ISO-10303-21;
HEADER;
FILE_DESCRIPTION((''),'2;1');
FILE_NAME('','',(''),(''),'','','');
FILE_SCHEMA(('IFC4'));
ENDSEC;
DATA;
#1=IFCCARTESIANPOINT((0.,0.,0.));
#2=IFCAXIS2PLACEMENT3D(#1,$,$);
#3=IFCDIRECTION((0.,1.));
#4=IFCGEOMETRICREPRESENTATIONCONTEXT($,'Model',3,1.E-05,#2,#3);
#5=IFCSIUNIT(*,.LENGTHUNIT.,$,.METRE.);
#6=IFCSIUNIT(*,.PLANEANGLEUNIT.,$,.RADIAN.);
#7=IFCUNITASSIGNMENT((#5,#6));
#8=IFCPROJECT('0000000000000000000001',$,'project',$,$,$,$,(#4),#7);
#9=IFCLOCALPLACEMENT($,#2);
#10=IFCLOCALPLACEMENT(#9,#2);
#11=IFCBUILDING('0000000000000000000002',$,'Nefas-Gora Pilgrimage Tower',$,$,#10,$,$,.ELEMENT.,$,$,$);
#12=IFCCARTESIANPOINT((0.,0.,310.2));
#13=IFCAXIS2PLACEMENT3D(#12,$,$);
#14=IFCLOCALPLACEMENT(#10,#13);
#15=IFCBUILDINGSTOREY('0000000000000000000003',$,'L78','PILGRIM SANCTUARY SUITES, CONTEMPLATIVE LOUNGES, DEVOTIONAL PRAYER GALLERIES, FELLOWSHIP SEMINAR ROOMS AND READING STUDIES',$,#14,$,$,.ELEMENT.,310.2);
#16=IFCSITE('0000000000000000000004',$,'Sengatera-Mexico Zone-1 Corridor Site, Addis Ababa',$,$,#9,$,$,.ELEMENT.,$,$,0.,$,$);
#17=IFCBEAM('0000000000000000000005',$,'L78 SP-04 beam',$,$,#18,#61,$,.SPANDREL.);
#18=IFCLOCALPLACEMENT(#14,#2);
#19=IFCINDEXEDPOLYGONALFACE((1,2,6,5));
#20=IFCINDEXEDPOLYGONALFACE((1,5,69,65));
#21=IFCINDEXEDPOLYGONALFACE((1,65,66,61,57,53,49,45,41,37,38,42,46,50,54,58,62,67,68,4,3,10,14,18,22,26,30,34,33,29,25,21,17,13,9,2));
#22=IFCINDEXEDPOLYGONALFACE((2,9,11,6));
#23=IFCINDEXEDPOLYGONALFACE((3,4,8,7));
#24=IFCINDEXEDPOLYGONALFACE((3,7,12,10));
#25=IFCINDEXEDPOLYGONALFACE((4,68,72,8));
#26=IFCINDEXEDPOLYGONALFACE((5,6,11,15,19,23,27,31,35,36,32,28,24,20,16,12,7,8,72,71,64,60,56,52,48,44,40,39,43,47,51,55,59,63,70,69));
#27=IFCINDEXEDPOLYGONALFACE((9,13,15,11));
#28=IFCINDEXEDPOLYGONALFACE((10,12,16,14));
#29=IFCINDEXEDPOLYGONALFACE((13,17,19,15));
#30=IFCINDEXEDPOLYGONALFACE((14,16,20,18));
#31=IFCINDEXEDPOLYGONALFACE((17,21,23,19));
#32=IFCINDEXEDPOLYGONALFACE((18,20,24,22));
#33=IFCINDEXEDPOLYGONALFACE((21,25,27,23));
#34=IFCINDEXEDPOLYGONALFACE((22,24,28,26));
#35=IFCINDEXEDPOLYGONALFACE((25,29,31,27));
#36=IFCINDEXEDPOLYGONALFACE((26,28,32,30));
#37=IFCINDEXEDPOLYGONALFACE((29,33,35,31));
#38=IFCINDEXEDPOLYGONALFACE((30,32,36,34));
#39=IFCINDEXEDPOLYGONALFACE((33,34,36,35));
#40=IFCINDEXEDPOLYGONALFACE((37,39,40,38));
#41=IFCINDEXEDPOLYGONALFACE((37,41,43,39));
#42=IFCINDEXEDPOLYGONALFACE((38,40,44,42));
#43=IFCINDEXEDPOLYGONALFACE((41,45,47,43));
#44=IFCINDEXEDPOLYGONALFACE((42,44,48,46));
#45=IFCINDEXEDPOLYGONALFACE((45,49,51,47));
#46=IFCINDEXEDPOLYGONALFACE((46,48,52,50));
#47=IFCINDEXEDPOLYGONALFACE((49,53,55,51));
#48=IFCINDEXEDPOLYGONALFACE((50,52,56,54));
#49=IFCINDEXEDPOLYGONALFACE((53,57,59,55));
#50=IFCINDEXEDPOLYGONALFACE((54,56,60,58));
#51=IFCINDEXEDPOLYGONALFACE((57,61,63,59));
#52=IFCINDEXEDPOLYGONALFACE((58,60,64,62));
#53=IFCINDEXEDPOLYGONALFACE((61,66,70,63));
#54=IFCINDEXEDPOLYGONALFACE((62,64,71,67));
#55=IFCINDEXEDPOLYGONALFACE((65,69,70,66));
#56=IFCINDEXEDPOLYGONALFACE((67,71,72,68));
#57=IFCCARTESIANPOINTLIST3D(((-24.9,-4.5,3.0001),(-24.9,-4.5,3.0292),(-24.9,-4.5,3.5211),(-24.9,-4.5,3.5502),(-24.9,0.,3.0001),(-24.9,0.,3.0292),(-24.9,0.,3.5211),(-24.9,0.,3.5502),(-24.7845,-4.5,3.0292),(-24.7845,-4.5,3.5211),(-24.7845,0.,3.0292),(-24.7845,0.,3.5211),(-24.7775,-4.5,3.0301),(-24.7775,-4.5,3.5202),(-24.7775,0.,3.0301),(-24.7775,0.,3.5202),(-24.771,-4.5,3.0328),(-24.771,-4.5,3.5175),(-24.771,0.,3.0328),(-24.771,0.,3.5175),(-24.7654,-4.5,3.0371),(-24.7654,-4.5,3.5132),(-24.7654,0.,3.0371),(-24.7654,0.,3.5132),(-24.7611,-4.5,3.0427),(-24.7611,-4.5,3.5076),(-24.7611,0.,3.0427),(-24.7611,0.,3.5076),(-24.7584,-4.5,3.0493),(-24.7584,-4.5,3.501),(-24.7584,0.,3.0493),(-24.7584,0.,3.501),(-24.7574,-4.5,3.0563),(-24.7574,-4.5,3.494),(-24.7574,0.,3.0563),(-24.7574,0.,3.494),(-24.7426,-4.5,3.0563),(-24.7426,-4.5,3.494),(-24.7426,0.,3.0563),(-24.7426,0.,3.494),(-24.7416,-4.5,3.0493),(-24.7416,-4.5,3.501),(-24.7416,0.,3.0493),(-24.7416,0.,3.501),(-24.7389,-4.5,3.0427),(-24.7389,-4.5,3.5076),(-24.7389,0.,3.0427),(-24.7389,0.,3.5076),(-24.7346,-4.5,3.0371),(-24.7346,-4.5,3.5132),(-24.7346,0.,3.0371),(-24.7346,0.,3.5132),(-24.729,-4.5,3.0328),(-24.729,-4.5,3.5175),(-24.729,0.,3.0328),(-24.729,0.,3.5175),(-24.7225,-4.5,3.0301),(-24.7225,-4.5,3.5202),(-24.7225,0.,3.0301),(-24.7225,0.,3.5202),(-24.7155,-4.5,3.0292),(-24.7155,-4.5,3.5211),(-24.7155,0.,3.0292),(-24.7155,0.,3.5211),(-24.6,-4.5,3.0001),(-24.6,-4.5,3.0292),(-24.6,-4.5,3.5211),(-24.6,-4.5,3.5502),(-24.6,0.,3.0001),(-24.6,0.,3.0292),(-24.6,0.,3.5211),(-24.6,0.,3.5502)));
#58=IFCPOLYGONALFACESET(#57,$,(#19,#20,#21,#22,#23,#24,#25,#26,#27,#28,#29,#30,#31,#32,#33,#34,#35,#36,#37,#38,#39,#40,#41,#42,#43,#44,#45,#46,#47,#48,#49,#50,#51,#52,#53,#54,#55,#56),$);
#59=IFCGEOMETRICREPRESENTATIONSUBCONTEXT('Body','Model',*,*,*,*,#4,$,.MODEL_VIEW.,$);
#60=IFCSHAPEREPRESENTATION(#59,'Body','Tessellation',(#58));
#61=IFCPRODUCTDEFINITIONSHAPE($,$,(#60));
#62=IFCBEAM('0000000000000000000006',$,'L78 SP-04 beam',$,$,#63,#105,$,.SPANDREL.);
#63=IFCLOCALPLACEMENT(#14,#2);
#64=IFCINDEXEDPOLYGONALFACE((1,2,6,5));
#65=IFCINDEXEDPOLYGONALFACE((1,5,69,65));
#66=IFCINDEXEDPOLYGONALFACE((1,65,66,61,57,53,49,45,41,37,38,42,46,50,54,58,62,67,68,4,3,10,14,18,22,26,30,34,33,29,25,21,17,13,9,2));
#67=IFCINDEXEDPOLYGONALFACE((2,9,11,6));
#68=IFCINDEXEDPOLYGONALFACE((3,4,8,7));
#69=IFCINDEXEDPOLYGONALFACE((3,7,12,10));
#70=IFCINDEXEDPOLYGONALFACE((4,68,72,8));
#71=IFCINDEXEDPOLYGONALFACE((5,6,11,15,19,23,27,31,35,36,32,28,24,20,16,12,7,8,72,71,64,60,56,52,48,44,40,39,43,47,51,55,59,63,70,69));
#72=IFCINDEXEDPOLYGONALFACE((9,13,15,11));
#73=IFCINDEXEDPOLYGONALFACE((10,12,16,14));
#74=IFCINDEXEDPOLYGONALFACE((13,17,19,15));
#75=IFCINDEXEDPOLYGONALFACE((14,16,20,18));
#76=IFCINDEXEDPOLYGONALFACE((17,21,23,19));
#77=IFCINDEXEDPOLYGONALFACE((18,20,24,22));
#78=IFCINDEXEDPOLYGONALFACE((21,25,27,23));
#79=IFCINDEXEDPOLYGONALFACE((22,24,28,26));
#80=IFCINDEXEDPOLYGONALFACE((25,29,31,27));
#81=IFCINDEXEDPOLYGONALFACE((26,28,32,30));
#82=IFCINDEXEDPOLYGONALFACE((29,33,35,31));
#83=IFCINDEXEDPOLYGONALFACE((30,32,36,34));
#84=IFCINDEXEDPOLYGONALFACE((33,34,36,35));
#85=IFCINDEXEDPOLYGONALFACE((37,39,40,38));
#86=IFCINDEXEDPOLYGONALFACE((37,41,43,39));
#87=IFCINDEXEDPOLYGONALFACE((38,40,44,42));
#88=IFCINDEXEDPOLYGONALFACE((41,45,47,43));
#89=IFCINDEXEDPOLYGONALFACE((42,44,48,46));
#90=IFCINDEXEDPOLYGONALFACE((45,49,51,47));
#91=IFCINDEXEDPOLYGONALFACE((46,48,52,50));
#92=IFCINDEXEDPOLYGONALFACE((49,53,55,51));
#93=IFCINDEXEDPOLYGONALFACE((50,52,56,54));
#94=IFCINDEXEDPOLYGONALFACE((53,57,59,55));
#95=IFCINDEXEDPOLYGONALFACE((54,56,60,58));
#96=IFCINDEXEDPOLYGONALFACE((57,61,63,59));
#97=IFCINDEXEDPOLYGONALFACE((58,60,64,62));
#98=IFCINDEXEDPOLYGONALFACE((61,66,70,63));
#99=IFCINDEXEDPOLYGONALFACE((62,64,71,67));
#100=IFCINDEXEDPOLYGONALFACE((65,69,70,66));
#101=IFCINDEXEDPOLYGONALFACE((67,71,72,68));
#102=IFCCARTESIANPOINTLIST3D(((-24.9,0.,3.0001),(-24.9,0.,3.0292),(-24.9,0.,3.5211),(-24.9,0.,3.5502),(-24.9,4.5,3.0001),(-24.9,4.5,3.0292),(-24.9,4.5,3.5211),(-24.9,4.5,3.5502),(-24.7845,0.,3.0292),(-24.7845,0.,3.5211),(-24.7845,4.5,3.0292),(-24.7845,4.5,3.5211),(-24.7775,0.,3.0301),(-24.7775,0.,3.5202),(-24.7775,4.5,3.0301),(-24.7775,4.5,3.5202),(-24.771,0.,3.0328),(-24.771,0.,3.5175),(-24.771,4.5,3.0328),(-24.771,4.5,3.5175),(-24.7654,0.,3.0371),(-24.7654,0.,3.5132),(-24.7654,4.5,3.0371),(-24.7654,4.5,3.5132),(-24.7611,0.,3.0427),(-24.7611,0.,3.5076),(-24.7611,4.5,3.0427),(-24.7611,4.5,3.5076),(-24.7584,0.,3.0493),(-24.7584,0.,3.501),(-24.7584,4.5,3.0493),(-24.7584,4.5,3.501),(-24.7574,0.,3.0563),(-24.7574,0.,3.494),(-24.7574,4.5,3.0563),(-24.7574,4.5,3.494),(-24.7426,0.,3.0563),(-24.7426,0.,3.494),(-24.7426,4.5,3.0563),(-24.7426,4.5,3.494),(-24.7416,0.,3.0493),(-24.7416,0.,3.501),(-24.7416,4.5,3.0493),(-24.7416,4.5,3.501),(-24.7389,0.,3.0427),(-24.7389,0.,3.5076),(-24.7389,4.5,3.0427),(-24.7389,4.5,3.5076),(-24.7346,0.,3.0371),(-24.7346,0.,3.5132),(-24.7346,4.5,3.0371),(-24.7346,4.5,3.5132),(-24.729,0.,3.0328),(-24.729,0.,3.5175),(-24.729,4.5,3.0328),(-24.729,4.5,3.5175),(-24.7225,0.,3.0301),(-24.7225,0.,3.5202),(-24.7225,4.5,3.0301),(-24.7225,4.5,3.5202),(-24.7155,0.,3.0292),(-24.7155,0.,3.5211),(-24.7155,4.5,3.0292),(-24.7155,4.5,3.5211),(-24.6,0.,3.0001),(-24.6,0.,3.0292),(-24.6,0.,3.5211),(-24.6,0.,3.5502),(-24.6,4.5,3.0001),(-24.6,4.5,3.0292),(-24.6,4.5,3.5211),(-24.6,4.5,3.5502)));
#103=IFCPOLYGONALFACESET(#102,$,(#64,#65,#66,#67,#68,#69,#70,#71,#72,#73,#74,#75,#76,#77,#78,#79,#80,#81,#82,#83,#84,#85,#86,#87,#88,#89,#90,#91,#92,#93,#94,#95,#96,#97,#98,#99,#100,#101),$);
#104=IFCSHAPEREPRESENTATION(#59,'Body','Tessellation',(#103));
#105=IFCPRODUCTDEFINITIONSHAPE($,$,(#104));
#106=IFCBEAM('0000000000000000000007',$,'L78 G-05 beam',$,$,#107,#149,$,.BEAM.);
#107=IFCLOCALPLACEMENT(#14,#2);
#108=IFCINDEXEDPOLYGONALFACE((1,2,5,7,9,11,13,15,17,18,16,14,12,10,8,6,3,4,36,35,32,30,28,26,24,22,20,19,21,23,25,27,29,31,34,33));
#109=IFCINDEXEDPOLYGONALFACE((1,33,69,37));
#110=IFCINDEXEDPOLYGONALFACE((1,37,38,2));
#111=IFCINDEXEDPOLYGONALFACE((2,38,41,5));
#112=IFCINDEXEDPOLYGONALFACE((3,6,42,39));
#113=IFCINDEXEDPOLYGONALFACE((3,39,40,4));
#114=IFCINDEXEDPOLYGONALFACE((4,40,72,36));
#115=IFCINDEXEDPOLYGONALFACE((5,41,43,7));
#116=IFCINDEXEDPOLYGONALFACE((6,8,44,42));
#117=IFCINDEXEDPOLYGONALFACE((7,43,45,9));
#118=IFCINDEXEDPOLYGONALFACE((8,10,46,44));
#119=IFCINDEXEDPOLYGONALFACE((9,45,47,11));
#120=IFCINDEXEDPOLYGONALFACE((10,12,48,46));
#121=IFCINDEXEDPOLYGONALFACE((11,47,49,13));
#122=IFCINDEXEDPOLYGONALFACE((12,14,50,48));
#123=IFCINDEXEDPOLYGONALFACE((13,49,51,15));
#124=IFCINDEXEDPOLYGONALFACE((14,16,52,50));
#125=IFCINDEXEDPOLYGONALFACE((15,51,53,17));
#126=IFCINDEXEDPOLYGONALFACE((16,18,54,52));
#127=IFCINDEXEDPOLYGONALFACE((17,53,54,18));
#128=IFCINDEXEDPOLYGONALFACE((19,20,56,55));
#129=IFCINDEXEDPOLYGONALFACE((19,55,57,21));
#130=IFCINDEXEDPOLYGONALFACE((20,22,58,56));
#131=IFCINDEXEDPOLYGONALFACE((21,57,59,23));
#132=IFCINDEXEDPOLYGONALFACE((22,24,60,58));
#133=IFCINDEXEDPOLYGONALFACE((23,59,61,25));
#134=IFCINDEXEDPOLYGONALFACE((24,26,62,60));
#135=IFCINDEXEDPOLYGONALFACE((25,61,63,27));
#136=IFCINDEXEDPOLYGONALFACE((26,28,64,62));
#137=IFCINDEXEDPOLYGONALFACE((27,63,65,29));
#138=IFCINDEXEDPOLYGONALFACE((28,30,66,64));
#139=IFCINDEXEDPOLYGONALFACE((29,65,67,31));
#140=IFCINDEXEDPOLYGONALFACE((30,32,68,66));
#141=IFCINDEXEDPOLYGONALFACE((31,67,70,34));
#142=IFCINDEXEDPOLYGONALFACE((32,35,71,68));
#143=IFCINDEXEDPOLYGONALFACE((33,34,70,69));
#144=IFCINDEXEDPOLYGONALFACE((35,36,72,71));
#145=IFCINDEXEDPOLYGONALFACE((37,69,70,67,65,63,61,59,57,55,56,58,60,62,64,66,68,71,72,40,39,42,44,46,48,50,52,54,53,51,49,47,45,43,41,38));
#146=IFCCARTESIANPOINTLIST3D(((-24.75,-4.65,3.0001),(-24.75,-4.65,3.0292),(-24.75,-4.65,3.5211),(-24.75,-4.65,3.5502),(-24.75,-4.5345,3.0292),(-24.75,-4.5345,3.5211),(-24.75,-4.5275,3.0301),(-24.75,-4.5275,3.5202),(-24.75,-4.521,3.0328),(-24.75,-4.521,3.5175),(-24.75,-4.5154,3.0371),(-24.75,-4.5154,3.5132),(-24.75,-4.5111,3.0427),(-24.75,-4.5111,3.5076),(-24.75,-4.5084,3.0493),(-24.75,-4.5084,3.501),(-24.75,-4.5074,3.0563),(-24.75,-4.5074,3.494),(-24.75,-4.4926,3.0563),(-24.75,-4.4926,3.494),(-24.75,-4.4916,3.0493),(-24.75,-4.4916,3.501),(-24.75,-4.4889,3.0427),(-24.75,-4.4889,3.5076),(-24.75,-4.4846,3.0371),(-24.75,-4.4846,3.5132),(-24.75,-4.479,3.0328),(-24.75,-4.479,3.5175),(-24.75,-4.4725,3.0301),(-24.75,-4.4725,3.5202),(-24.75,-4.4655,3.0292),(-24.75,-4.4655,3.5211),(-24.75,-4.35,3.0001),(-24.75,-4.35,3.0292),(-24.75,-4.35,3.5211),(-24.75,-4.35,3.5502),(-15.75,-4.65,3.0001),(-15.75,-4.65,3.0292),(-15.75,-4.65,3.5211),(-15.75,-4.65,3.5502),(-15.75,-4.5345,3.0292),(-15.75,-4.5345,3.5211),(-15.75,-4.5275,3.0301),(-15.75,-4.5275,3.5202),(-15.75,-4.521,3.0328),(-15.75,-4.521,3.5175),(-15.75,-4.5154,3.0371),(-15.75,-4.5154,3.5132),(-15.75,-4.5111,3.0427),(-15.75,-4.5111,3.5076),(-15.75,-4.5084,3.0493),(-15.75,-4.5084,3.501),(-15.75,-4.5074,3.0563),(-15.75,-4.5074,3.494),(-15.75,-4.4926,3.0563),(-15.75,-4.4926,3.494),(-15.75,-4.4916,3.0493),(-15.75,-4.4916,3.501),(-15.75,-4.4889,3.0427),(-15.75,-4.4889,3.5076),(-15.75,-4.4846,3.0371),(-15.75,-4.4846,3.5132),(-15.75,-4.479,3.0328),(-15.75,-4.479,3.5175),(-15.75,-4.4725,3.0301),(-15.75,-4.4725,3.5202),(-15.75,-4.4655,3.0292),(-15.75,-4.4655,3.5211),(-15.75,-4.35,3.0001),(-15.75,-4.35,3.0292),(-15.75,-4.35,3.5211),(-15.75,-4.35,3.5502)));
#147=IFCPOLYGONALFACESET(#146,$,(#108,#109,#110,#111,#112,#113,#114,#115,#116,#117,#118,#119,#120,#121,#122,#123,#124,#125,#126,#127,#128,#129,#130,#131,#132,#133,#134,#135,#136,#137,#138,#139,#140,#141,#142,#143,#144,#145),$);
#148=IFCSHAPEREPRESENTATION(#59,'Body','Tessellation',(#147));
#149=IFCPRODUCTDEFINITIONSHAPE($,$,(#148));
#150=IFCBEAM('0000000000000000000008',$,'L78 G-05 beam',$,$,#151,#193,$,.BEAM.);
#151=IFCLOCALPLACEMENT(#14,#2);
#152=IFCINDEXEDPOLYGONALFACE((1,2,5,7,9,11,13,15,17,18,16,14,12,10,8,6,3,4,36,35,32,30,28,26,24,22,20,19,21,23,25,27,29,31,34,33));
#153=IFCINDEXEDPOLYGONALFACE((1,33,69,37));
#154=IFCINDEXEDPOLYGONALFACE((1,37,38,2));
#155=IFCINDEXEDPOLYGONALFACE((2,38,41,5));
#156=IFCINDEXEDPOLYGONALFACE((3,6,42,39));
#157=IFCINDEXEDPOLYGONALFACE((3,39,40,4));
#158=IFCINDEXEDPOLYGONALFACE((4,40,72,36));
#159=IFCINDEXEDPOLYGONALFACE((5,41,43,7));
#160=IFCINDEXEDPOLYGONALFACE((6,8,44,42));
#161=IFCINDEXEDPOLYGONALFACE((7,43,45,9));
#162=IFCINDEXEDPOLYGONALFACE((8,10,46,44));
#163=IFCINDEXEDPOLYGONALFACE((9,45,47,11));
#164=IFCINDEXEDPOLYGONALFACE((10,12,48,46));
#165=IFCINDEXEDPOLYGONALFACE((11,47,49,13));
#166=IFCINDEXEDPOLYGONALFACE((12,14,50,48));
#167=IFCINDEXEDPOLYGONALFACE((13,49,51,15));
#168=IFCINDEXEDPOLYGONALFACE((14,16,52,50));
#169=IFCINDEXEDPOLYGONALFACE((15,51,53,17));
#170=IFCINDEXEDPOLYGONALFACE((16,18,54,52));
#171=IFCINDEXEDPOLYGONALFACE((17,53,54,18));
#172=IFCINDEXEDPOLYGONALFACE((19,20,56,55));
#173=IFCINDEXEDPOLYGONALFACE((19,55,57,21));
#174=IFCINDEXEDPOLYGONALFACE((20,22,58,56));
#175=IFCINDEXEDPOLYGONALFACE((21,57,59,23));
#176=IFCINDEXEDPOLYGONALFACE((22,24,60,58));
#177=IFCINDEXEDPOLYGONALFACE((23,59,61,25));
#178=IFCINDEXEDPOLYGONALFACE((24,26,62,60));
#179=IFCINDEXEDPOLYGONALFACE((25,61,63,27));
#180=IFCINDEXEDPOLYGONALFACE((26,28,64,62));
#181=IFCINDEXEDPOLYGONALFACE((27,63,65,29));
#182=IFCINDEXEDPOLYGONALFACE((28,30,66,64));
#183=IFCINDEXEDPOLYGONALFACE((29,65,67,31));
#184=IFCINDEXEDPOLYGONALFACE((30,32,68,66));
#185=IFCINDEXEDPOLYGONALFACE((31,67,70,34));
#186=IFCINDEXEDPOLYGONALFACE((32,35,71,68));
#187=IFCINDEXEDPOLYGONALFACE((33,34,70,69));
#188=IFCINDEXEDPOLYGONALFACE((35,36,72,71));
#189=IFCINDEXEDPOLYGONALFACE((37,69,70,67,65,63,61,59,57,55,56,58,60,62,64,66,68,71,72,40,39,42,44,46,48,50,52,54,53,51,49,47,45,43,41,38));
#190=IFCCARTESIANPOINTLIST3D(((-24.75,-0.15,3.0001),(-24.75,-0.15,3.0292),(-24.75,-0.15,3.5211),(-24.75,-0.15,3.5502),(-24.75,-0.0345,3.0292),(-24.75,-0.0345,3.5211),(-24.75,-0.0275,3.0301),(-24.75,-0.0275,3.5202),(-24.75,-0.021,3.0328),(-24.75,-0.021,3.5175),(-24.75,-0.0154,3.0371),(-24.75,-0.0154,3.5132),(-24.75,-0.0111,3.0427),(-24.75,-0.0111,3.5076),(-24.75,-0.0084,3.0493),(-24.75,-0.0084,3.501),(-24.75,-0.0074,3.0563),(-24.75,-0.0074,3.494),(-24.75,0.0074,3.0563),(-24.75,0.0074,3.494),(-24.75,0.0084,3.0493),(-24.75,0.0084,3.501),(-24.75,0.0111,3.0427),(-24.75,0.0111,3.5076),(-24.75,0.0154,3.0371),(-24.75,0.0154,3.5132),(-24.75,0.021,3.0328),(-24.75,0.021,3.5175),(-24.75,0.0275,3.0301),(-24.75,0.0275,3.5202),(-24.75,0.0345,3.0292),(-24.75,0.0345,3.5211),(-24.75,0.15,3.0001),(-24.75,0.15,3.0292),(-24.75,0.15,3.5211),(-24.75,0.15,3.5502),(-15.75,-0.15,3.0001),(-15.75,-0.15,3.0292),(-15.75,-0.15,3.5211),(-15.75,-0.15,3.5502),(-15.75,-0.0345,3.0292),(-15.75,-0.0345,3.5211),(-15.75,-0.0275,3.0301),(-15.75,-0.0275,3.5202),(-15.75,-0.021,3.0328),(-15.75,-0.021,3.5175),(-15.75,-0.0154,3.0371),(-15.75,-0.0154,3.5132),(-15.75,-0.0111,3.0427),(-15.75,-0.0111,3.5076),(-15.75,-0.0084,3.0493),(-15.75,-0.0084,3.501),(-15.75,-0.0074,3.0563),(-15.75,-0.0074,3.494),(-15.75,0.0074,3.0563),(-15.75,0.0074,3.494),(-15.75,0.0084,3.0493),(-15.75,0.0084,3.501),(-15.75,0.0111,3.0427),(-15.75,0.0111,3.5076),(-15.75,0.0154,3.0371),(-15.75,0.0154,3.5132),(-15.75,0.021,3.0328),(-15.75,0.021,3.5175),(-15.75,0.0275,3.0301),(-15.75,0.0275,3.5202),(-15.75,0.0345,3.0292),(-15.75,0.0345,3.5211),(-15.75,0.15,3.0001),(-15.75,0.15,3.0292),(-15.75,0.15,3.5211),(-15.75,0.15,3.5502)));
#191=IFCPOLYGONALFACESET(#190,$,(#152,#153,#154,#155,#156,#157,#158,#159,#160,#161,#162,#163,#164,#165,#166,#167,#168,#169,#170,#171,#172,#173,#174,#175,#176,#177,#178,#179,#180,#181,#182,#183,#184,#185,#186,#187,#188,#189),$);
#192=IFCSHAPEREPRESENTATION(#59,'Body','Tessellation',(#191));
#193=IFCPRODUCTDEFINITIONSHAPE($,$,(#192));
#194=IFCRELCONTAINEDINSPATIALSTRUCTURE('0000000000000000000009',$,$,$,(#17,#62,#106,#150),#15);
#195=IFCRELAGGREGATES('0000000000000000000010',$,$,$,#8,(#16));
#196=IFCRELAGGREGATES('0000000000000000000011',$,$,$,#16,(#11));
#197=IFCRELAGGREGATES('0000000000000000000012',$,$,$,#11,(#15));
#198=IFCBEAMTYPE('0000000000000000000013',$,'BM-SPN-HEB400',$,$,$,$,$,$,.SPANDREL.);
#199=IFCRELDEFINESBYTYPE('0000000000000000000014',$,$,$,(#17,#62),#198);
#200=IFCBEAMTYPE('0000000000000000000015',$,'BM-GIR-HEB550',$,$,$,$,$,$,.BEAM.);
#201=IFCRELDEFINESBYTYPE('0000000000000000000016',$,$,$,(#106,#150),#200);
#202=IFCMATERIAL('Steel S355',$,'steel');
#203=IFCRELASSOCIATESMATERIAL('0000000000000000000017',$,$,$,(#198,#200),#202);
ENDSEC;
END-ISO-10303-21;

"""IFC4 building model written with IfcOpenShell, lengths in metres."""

from ifc_helpers import new_model, si_unit, direction, frame, origin, origin_2d, place, context, subcontext, project, spatial, i_section, extrude, source, transform, mapped, material, material_profile, profile_set, type_object, element, save


model = new_model("IFC4")

# Units and contexts
model_context = context("Model", 3, precision=1e-05, world=origin(), true_north=direction((0.0, 1.0)))
body_context = subcontext(model_context, "Body", "Model", "MODEL_VIEW")
ifc_project = project(units=[si_unit("LENGTHUNIT", "METRE"), si_unit("PLANEANGLEUNIT", "RADIAN")], contexts=[model_context])

# Site, building, storey
site_placement = place(None, origin())
site = spatial("IfcSite", under=ifc_project, at=site_placement, Name="Sengatera-Mexico Zone-1 Corridor Site, Addis Ababa", CompositionType="ELEMENT", RefElevation=0.0)
building_placement = place(site_placement, origin())
building = spatial("IfcBuilding", under=site, at=building_placement, Name="Nefas-Gora Pilgrimage Tower", CompositionType="ELEMENT")
storey_placement = place(building_placement, frame((0.0, 0.0, 310.2)))
storey = spatial("IfcBuildingStorey", under=building, at=storey_placement, Name="L78", Description="PILGRIM SANCTUARY SUITES, CONTEMPLATIVE LOUNGES, DEVOTIONAL PRAYER GALLERIES, FELLOWSHIP SEMINAR ROOMS AND READING STUDIES", CompositionType="ELEMENT", Elevation=310.2)

# Shared definitions
ifc_material_1 = material(Name="Steel S355", Category="steel")

# Beams
ifc_material_profile_1 = material_profile(ifc_material_1, i_section(OverallWidth=0.3, OverallDepth=0.55, WebThickness=0.0149, FlangeThickness=0.0291, FilletRadius=0.0271, at=origin_2d()), Name="HEB 550")
ifc_profile_set_1 = profile_set([ifc_material_profile_1], Name="Steel S355")
beam_type_1 = type_object("IfcBeamType", Name="BM-SPN-HEB400", PredefinedType="SPANDREL", material=ifc_profile_set_1)
shared_shape_1 = source(origin(), body_context, "Body", "SweptSolid", [
    extrude(i_section(OverallWidth=0.3, OverallDepth=0.55, WebThickness=0.0149, FlangeThickness=0.0291, FilletRadius=0.0271, at=origin_2d()), origin(), (0.0, 0.0, 1.0), 4.5),
])
for number, where, z_axis, x_axis, name in (
    (1, (-24.75, -4.5, 3.2751), (0.0, 1.0, 0.0), (-1.0, 0.0, 0.0), "L78 SP-04 beam"),
    (2, (-24.75, 0.0, 3.2751), (0.0, 1.0, 0.0), (-1.0, 0.0, 0.0), "L78 SP-04 beam"),
):
    element("IfcBeam", number, at=place(storey_placement, frame(where, z_axis=z_axis, x_axis=x_axis)), inside=storey, type_object=beam_type_1, Name=name, PredefinedType="SPANDREL", context=body_context, shape_type="MappedRepresentation", body=[
        mapped(shared_shape_1, transform((0.0, 0.0, 0.0), x_axis=(1.0, 0.0, 0.0), y_axis=(0.0, 1.0, 0.0), z_axis=(0.0, 0.0, 1.0), scale=1.0)),
    ])
ifc_material_profile_2 = material_profile(ifc_material_1, i_section(OverallWidth=0.3, OverallDepth=0.55, WebThickness=0.0149, FlangeThickness=0.0291, FilletRadius=0.0271, at=origin_2d()), Name="HEB 550")
ifc_profile_set_2 = profile_set([ifc_material_profile_2], Name="Steel S355")
beam_type_2 = type_object("IfcBeamType", Name="BM-GIR-HEB550", PredefinedType="BEAM", material=ifc_profile_set_2)
shared_shape_2 = source(origin(), body_context, "Body", "SweptSolid", [
    extrude(i_section(OverallWidth=0.3, OverallDepth=0.55, WebThickness=0.0149, FlangeThickness=0.0291, FilletRadius=0.0271, at=origin_2d()), origin(), (0.0, 0.0, 1.0), 9.0),
])
for number, where, z_axis, x_axis, name in (
    (3, (-24.75, -4.5, 3.2751), (1.0, 0.0, 0.0), (0.0, 1.0, 0.0), "L78 G-05 beam"),
    (4, (-24.75, 0.0, 3.2751), (1.0, 0.0, 0.0), (0.0, 1.0, 0.0), "L78 G-05 beam"),
):
    element("IfcBeam", number, at=place(storey_placement, frame(where, z_axis=z_axis, x_axis=x_axis)), inside=storey, type_object=beam_type_2, Name=name, PredefinedType="BEAM", context=body_context, shape_type="MappedRepresentation", body=[
        mapped(shared_shape_2, transform((0.0, 0.0, 0.0), x_axis=(1.0, 0.0, 0.0), y_axis=(0.0, 1.0, 0.0), z_axis=(0.0, 0.0, 1.0), scale=1.0)),
    ])

save(model, "model.ifc")
